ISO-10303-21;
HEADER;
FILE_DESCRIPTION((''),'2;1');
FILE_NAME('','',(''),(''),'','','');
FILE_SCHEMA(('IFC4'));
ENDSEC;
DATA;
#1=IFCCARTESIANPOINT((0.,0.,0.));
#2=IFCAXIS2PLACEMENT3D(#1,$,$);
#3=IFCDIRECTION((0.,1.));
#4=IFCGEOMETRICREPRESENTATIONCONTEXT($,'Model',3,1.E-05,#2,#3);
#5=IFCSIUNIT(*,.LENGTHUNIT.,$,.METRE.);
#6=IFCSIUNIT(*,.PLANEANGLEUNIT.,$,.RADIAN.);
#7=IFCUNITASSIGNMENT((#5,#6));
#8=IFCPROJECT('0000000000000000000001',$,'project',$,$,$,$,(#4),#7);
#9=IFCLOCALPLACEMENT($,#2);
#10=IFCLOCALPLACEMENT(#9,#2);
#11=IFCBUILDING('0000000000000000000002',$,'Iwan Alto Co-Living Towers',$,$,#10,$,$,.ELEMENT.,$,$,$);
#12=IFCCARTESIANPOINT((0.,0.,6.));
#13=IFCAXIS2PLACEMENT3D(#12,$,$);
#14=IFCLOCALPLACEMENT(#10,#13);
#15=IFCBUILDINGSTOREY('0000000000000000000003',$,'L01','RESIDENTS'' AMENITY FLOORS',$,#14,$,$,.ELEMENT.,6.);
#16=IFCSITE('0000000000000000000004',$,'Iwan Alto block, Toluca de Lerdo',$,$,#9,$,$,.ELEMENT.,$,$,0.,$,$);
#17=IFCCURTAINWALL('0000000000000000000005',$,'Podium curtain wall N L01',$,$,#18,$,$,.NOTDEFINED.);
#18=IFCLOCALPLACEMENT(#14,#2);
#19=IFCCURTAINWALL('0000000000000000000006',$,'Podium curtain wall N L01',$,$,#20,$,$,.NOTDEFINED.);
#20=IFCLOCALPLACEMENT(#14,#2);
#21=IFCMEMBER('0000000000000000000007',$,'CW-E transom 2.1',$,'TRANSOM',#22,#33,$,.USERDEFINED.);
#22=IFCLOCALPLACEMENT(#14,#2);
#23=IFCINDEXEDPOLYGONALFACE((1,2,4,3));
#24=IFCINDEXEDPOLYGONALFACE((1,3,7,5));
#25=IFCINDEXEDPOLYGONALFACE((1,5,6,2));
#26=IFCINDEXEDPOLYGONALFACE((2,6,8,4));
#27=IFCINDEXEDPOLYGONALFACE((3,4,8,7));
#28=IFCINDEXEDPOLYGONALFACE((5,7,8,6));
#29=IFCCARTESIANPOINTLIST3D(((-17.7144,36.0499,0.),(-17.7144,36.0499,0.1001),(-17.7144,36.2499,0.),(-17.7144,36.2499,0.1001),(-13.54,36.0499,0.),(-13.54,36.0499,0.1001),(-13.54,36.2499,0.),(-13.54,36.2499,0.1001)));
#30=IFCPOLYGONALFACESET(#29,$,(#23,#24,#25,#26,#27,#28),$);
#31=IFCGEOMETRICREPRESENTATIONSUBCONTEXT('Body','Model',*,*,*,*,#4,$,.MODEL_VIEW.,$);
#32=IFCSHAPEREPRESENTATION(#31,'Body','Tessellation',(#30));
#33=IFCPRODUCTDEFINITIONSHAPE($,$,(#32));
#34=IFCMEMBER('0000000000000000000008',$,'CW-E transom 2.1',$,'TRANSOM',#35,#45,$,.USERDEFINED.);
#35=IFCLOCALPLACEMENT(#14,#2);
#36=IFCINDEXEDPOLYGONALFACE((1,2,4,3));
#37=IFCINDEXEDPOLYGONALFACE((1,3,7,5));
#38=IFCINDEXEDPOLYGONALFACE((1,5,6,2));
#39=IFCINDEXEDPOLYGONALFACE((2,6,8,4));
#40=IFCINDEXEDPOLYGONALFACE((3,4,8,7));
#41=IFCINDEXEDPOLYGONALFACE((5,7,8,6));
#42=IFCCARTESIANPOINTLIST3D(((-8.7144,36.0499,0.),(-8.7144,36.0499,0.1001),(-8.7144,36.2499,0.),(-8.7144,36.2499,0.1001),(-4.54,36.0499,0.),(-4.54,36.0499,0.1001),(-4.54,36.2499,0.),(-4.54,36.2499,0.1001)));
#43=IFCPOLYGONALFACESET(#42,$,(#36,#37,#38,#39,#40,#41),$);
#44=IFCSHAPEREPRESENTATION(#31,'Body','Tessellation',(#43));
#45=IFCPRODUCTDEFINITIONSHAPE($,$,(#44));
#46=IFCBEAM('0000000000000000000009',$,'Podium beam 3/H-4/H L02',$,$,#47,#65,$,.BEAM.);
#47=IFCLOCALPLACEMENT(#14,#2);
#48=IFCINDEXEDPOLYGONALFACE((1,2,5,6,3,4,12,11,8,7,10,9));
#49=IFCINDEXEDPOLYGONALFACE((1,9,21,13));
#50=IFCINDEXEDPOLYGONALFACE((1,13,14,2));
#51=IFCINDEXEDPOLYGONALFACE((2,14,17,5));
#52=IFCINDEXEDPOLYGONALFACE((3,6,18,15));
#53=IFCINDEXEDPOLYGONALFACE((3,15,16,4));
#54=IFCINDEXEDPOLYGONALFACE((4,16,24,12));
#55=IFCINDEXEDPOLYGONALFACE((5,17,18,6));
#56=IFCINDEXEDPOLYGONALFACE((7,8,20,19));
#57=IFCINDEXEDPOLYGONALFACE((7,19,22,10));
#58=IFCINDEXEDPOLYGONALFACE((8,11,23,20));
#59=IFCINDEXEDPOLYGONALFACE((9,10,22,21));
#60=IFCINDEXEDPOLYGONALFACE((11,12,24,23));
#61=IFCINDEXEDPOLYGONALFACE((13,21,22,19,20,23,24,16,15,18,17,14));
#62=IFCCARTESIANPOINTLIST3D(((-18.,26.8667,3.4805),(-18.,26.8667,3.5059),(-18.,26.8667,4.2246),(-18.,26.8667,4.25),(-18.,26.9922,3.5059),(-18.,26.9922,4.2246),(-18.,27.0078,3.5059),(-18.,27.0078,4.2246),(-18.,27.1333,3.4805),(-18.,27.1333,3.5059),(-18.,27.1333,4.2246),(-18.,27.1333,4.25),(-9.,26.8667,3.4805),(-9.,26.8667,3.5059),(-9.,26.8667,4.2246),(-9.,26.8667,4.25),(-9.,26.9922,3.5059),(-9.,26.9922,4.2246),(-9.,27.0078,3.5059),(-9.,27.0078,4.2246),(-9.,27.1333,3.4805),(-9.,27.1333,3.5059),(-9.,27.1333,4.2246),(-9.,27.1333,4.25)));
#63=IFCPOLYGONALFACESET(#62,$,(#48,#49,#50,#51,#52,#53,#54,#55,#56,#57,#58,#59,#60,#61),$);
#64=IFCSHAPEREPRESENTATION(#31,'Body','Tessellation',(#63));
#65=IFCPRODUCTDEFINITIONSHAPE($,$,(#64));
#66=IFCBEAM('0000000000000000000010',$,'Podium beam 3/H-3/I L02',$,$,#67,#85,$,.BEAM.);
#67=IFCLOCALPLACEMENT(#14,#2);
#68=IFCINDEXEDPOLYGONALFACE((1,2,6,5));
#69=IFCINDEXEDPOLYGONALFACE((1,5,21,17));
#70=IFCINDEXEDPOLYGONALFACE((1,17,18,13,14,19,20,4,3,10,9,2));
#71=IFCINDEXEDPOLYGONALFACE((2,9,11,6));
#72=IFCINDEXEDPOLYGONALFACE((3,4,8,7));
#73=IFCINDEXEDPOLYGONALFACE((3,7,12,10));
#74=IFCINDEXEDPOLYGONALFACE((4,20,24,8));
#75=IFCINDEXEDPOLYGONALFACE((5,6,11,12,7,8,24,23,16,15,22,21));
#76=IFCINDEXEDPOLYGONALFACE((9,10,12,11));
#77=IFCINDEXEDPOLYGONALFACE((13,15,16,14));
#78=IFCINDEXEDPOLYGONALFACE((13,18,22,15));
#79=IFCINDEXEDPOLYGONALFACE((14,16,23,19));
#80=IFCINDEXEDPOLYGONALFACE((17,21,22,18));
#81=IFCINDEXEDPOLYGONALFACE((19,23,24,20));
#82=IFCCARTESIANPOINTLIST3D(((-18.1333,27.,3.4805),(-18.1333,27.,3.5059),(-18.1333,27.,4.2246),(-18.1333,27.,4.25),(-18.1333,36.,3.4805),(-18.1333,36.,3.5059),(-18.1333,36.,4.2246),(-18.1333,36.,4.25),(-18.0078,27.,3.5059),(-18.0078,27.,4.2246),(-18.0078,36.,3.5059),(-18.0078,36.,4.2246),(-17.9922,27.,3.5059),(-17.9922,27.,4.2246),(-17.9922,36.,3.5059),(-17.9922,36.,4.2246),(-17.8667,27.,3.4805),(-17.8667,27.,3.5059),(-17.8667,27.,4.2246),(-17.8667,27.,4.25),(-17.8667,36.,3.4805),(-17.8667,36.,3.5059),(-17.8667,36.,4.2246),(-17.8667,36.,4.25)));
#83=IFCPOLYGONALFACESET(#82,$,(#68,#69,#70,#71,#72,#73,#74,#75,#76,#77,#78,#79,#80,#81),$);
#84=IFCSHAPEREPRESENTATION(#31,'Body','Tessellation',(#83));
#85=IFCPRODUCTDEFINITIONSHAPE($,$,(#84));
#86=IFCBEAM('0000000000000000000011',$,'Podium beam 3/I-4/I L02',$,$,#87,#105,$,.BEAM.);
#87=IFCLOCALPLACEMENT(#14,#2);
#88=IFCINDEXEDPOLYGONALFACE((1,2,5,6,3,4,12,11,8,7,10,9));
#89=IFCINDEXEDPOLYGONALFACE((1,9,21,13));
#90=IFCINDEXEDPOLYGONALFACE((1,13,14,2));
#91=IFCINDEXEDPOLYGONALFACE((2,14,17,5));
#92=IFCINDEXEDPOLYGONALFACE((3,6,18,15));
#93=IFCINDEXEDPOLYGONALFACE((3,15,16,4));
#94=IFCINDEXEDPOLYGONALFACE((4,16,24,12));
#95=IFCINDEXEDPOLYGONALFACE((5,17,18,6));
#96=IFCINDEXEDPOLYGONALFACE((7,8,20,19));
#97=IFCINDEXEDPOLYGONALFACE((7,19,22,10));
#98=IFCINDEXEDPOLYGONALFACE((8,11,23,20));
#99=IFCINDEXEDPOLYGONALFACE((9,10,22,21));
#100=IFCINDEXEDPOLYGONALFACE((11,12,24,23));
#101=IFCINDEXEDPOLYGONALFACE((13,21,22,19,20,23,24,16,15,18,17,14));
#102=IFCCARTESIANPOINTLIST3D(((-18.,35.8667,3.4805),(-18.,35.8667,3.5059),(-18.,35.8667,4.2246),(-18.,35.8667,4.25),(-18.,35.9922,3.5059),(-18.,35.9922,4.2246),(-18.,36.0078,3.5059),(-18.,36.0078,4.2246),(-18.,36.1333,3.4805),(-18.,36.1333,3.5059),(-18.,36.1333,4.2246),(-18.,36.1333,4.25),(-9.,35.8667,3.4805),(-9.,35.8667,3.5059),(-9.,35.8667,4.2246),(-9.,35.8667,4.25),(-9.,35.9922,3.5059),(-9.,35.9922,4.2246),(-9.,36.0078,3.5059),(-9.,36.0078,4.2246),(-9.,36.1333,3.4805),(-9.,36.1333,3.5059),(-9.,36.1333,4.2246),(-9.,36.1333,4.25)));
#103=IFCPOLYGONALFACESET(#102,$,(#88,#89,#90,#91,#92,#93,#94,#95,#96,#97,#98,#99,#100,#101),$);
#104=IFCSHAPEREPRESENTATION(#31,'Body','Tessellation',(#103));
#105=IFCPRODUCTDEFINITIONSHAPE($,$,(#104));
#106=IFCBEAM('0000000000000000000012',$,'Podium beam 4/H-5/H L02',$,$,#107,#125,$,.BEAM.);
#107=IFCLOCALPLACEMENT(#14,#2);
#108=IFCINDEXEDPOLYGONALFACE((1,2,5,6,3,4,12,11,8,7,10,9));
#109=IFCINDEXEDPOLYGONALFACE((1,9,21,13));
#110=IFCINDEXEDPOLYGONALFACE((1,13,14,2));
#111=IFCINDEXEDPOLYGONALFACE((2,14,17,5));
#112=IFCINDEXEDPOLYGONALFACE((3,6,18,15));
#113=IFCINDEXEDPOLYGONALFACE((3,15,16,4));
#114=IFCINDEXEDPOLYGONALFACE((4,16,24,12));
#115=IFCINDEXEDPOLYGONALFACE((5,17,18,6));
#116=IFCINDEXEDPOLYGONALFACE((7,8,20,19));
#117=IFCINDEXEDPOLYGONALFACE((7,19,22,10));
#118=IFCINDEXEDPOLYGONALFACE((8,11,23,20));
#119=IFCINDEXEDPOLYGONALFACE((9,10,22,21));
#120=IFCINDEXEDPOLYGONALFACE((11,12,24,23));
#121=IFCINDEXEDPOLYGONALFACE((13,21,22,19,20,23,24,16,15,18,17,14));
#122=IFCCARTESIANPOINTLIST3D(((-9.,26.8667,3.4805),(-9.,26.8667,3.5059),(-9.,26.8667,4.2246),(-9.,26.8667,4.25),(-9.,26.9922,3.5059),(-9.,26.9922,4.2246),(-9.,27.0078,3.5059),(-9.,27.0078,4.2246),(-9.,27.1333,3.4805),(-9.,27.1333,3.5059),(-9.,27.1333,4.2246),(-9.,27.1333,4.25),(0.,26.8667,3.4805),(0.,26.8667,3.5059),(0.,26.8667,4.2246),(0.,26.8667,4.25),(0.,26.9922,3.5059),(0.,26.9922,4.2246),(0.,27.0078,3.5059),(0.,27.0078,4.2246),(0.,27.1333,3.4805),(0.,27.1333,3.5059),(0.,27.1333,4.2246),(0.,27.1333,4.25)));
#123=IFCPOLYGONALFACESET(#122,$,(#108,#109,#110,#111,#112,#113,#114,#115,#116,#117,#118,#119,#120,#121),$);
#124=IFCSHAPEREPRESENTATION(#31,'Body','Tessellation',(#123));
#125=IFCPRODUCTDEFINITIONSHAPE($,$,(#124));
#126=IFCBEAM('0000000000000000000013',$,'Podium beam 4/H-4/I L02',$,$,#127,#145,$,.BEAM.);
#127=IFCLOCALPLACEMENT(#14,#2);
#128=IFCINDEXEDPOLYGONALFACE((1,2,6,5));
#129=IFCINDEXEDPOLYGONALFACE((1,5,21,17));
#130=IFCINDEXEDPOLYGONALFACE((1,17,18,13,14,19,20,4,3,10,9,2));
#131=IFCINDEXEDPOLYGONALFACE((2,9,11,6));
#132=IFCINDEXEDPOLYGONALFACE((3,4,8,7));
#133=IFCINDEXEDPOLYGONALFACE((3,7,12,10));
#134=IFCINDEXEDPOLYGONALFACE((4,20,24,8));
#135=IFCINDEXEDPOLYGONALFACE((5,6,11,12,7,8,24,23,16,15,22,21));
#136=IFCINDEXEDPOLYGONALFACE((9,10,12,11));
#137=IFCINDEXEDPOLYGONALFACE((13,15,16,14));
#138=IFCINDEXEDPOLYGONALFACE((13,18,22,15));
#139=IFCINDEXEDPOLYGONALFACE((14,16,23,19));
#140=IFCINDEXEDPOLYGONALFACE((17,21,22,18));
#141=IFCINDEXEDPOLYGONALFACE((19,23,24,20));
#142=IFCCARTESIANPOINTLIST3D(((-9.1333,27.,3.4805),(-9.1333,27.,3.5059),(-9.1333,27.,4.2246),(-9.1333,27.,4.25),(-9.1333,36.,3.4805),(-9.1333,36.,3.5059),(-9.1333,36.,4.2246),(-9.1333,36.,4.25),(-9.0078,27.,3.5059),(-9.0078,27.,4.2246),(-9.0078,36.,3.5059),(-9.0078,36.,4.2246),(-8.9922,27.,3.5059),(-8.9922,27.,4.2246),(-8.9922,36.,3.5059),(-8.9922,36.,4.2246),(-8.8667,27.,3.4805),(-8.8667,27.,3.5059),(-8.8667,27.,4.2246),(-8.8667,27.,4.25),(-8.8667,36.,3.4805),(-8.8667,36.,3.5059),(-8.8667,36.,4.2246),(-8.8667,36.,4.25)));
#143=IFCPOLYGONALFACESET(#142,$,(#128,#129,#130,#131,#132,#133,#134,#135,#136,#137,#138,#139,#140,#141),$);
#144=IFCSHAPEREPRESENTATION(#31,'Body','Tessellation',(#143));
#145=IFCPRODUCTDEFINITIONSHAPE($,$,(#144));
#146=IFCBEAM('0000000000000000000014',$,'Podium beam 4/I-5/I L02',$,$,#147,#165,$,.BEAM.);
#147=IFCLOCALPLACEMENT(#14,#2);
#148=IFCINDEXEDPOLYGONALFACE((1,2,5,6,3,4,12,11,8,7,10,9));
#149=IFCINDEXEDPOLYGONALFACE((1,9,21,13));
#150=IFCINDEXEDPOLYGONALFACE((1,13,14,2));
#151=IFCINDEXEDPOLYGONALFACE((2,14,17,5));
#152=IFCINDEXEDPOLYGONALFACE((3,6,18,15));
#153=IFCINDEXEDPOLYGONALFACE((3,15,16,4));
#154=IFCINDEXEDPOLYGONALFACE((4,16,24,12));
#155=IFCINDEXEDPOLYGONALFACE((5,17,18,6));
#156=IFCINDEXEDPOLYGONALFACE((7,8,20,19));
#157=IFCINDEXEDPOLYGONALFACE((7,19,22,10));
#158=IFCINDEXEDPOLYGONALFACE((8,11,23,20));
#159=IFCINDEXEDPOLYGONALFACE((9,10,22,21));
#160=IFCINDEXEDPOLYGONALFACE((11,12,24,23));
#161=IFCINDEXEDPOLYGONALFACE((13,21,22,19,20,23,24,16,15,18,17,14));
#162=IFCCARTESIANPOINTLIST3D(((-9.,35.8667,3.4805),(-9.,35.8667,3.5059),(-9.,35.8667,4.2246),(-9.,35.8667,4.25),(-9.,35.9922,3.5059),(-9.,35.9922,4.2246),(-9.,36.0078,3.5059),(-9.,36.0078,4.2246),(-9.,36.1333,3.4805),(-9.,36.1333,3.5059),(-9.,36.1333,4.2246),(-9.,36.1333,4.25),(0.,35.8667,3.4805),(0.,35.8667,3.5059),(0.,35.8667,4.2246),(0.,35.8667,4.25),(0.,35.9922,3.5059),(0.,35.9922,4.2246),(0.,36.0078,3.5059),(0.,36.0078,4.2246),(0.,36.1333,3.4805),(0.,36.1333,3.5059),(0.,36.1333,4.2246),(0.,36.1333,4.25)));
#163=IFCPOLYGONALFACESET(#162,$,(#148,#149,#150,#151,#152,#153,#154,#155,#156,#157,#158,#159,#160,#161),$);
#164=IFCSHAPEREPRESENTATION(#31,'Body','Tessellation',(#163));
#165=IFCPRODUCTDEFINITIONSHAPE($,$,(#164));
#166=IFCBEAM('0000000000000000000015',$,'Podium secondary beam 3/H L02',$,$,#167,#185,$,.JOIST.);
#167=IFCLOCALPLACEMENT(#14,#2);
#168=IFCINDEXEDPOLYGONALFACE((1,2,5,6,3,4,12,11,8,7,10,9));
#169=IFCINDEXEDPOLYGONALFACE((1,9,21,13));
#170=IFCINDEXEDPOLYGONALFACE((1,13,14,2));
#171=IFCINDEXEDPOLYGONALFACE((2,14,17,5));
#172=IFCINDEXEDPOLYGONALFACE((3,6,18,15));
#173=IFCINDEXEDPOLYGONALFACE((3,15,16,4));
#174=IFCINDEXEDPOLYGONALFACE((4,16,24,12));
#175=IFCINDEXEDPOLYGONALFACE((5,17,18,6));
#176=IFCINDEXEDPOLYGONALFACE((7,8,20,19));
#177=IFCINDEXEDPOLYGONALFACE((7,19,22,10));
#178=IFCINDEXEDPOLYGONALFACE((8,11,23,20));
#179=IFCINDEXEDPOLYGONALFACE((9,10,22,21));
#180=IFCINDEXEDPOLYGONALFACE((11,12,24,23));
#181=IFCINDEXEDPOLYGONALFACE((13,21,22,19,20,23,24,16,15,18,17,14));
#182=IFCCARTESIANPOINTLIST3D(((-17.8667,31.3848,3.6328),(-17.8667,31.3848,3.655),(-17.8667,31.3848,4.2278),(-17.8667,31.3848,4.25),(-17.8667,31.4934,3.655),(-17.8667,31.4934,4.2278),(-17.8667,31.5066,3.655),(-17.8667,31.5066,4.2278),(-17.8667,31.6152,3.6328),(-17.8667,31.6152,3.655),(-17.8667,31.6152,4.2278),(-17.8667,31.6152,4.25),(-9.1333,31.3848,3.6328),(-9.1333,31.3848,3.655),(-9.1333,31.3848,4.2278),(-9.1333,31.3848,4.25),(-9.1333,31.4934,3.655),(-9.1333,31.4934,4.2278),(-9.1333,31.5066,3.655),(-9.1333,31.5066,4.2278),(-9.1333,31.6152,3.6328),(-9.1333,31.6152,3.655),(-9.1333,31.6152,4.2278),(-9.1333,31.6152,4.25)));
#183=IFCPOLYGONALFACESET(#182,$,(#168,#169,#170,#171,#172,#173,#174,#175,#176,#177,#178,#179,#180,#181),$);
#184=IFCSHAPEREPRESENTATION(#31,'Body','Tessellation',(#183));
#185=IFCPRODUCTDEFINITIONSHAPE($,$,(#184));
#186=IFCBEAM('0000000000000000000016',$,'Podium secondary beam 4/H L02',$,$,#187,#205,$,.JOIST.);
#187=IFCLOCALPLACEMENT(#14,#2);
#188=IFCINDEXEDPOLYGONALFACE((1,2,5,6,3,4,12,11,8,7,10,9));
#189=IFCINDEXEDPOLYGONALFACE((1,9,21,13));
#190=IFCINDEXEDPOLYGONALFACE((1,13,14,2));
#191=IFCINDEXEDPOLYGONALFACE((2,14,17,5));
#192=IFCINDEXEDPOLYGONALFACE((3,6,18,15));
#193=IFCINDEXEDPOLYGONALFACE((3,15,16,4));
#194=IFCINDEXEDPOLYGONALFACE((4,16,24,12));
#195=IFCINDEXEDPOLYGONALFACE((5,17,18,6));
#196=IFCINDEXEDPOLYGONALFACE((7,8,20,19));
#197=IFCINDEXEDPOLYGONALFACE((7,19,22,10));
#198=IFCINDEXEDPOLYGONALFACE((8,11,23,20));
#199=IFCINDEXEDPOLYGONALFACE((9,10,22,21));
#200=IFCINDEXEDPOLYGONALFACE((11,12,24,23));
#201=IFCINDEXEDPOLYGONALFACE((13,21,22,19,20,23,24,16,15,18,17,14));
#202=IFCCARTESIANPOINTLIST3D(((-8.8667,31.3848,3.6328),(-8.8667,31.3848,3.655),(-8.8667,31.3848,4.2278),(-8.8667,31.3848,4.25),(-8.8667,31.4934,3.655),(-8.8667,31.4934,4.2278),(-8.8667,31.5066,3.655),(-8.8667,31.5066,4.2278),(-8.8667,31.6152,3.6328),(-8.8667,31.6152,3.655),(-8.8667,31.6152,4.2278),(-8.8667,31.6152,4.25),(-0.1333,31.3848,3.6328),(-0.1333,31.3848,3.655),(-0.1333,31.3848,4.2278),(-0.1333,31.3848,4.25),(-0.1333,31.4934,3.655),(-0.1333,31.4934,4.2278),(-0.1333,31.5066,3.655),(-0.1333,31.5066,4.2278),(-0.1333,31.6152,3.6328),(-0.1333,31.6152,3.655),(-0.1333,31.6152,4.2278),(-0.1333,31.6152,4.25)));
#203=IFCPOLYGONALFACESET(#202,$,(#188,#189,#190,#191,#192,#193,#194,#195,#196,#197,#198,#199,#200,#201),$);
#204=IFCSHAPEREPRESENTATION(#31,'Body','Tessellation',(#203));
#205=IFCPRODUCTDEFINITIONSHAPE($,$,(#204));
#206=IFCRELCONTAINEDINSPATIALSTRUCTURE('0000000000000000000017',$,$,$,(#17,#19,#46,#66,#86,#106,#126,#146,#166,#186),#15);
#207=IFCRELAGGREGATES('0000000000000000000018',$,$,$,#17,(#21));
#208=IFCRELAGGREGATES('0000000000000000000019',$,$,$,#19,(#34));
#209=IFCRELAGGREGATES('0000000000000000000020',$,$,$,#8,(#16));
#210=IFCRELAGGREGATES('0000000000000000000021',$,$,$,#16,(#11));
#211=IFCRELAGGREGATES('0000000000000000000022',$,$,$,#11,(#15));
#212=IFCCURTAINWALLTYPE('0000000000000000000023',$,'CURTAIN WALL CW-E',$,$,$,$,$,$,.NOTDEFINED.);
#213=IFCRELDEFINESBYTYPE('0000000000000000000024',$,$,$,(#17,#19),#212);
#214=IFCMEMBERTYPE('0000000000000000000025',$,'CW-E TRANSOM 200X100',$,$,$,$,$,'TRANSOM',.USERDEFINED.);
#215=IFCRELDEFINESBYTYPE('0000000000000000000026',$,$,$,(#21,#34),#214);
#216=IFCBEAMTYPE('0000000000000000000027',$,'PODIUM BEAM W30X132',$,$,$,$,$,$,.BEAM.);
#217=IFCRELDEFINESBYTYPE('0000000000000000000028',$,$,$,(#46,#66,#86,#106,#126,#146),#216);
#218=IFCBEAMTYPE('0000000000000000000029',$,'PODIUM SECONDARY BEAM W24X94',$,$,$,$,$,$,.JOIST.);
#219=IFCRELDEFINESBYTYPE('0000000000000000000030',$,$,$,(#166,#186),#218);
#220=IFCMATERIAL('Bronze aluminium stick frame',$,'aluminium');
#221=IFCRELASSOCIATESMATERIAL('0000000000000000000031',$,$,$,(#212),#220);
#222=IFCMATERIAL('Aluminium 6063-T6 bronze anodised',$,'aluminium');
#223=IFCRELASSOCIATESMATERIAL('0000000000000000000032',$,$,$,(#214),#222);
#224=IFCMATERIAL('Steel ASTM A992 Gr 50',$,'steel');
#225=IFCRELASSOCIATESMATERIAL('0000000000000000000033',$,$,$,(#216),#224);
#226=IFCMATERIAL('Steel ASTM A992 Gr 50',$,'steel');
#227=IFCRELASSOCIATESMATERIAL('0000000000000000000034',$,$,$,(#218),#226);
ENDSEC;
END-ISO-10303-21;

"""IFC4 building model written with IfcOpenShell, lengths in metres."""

from ifc_helpers import new_model, si_unit, direction, frame, origin, origin_2d, place, context, subcontext, project, spatial, rectangle, i_section, extrude, material, material_profile, profile_set, type_object, element, aggregate, save


model = new_model("IFC4")

# Units and contexts
model_context = context("Model", 3, precision=1e-05, world=origin(), true_north=direction((0.0, 1.0)))
body_context = subcontext(model_context, "Body", "Model", "MODEL_VIEW")
ifc_project = project(units=[si_unit("LENGTHUNIT", "METRE"), si_unit("PLANEANGLEUNIT", "RADIAN")], contexts=[model_context])

# Site, building, storey
site_placement = place(None, origin())
site = spatial("IfcSite", under=ifc_project, at=site_placement, Name="Iwan Alto block, Toluca de Lerdo", CompositionType="ELEMENT", RefElevation=0.0)
building_placement = place(site_placement, origin())
building = spatial("IfcBuilding", under=site, at=building_placement, Name="Iwan Alto Co-Living Towers", CompositionType="ELEMENT")
storey_placement = place(building_placement, frame((0.0, 0.0, 6.0)))
storey = spatial("IfcBuildingStorey", under=building, at=storey_placement, Name="L01", Description="RESIDENTS' AMENITY FLOORS", CompositionType="ELEMENT", Elevation=6.0)

# Shared definitions
ifc_material_1 = material(Name="Bronze aluminium stick frame", Category="aluminium")
curtain_wall_type = type_object("IfcCurtainWallType", Name="CURTAIN WALL CW-E", PredefinedType="NOTDEFINED", material=ifc_material_1)

# Curtain walls
curtain_wall_1_placement = place(storey_placement, origin())
curtain_wall_1 = element("IfcCurtainWall", 1, at=curtain_wall_1_placement, inside=storey, type_object=curtain_wall_type, Name="Podium curtain wall N L01", PredefinedType="NOTDEFINED")
curtain_wall_2_placement = place(storey_placement, origin())
curtain_wall_2 = element("IfcCurtainWall", 2, at=curtain_wall_2_placement, inside=storey, type_object=curtain_wall_type, Name="Podium curtain wall N L01", PredefinedType="NOTDEFINED")

# Members
ifc_material_2 = material(Name="Aluminium 6063-T6 bronze anodised", Category="aluminium")
ifc_material_profile_1 = material_profile(ifc_material_2, rectangle(XDim=0.2, YDim=0.1001, at=origin_2d()), Name="AL 200X100")
ifc_profile_set_1 = profile_set([ifc_material_profile_1], Name="Aluminium 6063-T6 bronze anodised")
member_type_1 = type_object("IfcMemberType", Name="CW-E TRANSOM 200X100", ElementType="TRANSOM", PredefinedType="USERDEFINED", material=ifc_profile_set_1)
member_1_placement = place(storey_placement, frame((-13.54, 36.1499, 0.05), z_axis=(-1.0, 0.0, 0.0), x_axis=(0.0, -1.0, 0.0)))
member_1 = element("IfcMember", 3, at=member_1_placement, type_object=member_type_1, Name="CW-E transom 2.1", ObjectType="TRANSOM", PredefinedType="USERDEFINED", context=body_context, shape_type="SweptSolid", body=[
    extrude(rectangle(XDim=0.2, YDim=0.1001, at=origin_2d()), origin(), (0.0, 0.0, 1.0), 4.1743),
])
member_2_placement = place(storey_placement, frame((-4.54, 36.1499, 0.05), z_axis=(-1.0, 0.0, 0.0), x_axis=(0.0, -1.0, 0.0)))
member_2 = element("IfcMember", 4, at=member_2_placement, type_object=member_type_1, Name="CW-E transom 2.1", ObjectType="TRANSOM", PredefinedType="USERDEFINED", context=body_context, shape_type="SweptSolid", body=[
    extrude(rectangle(XDim=0.2, YDim=0.1001, at=origin_2d()), origin(), (0.0, 0.0, 1.0), 4.1743),
])

# Beams
ifc_material_3 = material(Name="Steel ASTM A992 Gr 50", Category="steel")
ifc_material_profile_2 = material_profile(ifc_material_3, i_section(OverallWidth=0.2666, OverallDepth=0.7695, WebThickness=0.0156, FlangeThickness=0.0254, at=origin_2d()), Name="W30X132")
ifc_profile_set_2 = profile_set([ifc_material_profile_2], Name="Steel ASTM A992 Gr 50")
beam_type_1 = type_object("IfcBeamType", Name="PODIUM BEAM W30X132", PredefinedType="BEAM", material=ifc_profile_set_2)
for number, where, z_axis, x_axis, name in (
    (5, (-18.0, 27.0, 3.8652), (1.0, 0.0, 0.0), (0.0, 1.0, 0.0), "Podium beam 3/H-4/H L02"),
    (6, (-18.0, 27.0, 3.8652), (0.0, 1.0, 0.0), (-1.0, 0.0, 0.0), "Podium beam 3/H-3/I L02"),
    (7, (-18.0, 36.0, 3.8652), (1.0, 0.0, 0.0), (0.0, 1.0, 0.0), "Podium beam 3/I-4/I L02"),
    (8, (-9.0, 27.0, 3.8652), (1.0, 0.0, 0.0), (0.0, 1.0, 0.0), "Podium beam 4/H-5/H L02"),
    (9, (-9.0, 27.0, 3.8652), (0.0, 1.0, 0.0), (-1.0, 0.0, 0.0), "Podium beam 4/H-4/I L02"),
    (10, (-9.0, 36.0, 3.8652), (1.0, 0.0, 0.0), (0.0, 1.0, 0.0), "Podium beam 4/I-5/I L02"),
):
    element("IfcBeam", number, at=place(storey_placement, frame(where, z_axis=z_axis, x_axis=x_axis)), inside=storey, type_object=beam_type_1, Name=name, PredefinedType="BEAM", context=body_context, shape_type="SweptSolid", body=[
        extrude(i_section(OverallWidth=0.2666, OverallDepth=0.7695, WebThickness=0.0156, FlangeThickness=0.0254, at=origin_2d()), origin(), (0.0, 0.0, 1.0), 9.0),
    ])
ifc_material_4 = material(Name="Steel ASTM A992 Gr 50", Category="steel")
ifc_material_profile_3 = material_profile(ifc_material_4, i_section(OverallWidth=0.2305, OverallDepth=0.6172, WebThickness=0.0132, FlangeThickness=0.0222, at=origin_2d()), Name="W24X94")
ifc_profile_set_3 = profile_set([ifc_material_profile_3], Name="Steel ASTM A992 Gr 50")
beam_type_2 = type_object("IfcBeamType", Name="PODIUM SECONDARY BEAM W24X94", PredefinedType="JOIST", material=ifc_profile_set_3)
for number, where, z_axis, x_axis, name in (
    (11, (-17.8667, 31.5, 3.9414), (1.0, 0.0, 0.0), (0.0, 1.0, 0.0), "Podium secondary beam 3/H L02"),
    (12, (-8.8667, 31.5, 3.9414), (1.0, 0.0, 0.0), (0.0, 1.0, 0.0), "Podium secondary beam 4/H L02"),
):
    element("IfcBeam", number, at=place(storey_placement, frame(where, z_axis=z_axis, x_axis=x_axis)), inside=storey, type_object=beam_type_2, Name=name, PredefinedType="JOIST", context=body_context, shape_type="SweptSolid", body=[
        extrude(i_section(OverallWidth=0.2305, OverallDepth=0.6172, WebThickness=0.0132, FlangeThickness=0.0222, at=origin_2d()), origin(), (0.0, 0.0, 1.0), 8.7334),
    ])

aggregate(curtain_wall_1, [member_1])
aggregate(curtain_wall_2, [member_2])

save(model, "model.ifc")
